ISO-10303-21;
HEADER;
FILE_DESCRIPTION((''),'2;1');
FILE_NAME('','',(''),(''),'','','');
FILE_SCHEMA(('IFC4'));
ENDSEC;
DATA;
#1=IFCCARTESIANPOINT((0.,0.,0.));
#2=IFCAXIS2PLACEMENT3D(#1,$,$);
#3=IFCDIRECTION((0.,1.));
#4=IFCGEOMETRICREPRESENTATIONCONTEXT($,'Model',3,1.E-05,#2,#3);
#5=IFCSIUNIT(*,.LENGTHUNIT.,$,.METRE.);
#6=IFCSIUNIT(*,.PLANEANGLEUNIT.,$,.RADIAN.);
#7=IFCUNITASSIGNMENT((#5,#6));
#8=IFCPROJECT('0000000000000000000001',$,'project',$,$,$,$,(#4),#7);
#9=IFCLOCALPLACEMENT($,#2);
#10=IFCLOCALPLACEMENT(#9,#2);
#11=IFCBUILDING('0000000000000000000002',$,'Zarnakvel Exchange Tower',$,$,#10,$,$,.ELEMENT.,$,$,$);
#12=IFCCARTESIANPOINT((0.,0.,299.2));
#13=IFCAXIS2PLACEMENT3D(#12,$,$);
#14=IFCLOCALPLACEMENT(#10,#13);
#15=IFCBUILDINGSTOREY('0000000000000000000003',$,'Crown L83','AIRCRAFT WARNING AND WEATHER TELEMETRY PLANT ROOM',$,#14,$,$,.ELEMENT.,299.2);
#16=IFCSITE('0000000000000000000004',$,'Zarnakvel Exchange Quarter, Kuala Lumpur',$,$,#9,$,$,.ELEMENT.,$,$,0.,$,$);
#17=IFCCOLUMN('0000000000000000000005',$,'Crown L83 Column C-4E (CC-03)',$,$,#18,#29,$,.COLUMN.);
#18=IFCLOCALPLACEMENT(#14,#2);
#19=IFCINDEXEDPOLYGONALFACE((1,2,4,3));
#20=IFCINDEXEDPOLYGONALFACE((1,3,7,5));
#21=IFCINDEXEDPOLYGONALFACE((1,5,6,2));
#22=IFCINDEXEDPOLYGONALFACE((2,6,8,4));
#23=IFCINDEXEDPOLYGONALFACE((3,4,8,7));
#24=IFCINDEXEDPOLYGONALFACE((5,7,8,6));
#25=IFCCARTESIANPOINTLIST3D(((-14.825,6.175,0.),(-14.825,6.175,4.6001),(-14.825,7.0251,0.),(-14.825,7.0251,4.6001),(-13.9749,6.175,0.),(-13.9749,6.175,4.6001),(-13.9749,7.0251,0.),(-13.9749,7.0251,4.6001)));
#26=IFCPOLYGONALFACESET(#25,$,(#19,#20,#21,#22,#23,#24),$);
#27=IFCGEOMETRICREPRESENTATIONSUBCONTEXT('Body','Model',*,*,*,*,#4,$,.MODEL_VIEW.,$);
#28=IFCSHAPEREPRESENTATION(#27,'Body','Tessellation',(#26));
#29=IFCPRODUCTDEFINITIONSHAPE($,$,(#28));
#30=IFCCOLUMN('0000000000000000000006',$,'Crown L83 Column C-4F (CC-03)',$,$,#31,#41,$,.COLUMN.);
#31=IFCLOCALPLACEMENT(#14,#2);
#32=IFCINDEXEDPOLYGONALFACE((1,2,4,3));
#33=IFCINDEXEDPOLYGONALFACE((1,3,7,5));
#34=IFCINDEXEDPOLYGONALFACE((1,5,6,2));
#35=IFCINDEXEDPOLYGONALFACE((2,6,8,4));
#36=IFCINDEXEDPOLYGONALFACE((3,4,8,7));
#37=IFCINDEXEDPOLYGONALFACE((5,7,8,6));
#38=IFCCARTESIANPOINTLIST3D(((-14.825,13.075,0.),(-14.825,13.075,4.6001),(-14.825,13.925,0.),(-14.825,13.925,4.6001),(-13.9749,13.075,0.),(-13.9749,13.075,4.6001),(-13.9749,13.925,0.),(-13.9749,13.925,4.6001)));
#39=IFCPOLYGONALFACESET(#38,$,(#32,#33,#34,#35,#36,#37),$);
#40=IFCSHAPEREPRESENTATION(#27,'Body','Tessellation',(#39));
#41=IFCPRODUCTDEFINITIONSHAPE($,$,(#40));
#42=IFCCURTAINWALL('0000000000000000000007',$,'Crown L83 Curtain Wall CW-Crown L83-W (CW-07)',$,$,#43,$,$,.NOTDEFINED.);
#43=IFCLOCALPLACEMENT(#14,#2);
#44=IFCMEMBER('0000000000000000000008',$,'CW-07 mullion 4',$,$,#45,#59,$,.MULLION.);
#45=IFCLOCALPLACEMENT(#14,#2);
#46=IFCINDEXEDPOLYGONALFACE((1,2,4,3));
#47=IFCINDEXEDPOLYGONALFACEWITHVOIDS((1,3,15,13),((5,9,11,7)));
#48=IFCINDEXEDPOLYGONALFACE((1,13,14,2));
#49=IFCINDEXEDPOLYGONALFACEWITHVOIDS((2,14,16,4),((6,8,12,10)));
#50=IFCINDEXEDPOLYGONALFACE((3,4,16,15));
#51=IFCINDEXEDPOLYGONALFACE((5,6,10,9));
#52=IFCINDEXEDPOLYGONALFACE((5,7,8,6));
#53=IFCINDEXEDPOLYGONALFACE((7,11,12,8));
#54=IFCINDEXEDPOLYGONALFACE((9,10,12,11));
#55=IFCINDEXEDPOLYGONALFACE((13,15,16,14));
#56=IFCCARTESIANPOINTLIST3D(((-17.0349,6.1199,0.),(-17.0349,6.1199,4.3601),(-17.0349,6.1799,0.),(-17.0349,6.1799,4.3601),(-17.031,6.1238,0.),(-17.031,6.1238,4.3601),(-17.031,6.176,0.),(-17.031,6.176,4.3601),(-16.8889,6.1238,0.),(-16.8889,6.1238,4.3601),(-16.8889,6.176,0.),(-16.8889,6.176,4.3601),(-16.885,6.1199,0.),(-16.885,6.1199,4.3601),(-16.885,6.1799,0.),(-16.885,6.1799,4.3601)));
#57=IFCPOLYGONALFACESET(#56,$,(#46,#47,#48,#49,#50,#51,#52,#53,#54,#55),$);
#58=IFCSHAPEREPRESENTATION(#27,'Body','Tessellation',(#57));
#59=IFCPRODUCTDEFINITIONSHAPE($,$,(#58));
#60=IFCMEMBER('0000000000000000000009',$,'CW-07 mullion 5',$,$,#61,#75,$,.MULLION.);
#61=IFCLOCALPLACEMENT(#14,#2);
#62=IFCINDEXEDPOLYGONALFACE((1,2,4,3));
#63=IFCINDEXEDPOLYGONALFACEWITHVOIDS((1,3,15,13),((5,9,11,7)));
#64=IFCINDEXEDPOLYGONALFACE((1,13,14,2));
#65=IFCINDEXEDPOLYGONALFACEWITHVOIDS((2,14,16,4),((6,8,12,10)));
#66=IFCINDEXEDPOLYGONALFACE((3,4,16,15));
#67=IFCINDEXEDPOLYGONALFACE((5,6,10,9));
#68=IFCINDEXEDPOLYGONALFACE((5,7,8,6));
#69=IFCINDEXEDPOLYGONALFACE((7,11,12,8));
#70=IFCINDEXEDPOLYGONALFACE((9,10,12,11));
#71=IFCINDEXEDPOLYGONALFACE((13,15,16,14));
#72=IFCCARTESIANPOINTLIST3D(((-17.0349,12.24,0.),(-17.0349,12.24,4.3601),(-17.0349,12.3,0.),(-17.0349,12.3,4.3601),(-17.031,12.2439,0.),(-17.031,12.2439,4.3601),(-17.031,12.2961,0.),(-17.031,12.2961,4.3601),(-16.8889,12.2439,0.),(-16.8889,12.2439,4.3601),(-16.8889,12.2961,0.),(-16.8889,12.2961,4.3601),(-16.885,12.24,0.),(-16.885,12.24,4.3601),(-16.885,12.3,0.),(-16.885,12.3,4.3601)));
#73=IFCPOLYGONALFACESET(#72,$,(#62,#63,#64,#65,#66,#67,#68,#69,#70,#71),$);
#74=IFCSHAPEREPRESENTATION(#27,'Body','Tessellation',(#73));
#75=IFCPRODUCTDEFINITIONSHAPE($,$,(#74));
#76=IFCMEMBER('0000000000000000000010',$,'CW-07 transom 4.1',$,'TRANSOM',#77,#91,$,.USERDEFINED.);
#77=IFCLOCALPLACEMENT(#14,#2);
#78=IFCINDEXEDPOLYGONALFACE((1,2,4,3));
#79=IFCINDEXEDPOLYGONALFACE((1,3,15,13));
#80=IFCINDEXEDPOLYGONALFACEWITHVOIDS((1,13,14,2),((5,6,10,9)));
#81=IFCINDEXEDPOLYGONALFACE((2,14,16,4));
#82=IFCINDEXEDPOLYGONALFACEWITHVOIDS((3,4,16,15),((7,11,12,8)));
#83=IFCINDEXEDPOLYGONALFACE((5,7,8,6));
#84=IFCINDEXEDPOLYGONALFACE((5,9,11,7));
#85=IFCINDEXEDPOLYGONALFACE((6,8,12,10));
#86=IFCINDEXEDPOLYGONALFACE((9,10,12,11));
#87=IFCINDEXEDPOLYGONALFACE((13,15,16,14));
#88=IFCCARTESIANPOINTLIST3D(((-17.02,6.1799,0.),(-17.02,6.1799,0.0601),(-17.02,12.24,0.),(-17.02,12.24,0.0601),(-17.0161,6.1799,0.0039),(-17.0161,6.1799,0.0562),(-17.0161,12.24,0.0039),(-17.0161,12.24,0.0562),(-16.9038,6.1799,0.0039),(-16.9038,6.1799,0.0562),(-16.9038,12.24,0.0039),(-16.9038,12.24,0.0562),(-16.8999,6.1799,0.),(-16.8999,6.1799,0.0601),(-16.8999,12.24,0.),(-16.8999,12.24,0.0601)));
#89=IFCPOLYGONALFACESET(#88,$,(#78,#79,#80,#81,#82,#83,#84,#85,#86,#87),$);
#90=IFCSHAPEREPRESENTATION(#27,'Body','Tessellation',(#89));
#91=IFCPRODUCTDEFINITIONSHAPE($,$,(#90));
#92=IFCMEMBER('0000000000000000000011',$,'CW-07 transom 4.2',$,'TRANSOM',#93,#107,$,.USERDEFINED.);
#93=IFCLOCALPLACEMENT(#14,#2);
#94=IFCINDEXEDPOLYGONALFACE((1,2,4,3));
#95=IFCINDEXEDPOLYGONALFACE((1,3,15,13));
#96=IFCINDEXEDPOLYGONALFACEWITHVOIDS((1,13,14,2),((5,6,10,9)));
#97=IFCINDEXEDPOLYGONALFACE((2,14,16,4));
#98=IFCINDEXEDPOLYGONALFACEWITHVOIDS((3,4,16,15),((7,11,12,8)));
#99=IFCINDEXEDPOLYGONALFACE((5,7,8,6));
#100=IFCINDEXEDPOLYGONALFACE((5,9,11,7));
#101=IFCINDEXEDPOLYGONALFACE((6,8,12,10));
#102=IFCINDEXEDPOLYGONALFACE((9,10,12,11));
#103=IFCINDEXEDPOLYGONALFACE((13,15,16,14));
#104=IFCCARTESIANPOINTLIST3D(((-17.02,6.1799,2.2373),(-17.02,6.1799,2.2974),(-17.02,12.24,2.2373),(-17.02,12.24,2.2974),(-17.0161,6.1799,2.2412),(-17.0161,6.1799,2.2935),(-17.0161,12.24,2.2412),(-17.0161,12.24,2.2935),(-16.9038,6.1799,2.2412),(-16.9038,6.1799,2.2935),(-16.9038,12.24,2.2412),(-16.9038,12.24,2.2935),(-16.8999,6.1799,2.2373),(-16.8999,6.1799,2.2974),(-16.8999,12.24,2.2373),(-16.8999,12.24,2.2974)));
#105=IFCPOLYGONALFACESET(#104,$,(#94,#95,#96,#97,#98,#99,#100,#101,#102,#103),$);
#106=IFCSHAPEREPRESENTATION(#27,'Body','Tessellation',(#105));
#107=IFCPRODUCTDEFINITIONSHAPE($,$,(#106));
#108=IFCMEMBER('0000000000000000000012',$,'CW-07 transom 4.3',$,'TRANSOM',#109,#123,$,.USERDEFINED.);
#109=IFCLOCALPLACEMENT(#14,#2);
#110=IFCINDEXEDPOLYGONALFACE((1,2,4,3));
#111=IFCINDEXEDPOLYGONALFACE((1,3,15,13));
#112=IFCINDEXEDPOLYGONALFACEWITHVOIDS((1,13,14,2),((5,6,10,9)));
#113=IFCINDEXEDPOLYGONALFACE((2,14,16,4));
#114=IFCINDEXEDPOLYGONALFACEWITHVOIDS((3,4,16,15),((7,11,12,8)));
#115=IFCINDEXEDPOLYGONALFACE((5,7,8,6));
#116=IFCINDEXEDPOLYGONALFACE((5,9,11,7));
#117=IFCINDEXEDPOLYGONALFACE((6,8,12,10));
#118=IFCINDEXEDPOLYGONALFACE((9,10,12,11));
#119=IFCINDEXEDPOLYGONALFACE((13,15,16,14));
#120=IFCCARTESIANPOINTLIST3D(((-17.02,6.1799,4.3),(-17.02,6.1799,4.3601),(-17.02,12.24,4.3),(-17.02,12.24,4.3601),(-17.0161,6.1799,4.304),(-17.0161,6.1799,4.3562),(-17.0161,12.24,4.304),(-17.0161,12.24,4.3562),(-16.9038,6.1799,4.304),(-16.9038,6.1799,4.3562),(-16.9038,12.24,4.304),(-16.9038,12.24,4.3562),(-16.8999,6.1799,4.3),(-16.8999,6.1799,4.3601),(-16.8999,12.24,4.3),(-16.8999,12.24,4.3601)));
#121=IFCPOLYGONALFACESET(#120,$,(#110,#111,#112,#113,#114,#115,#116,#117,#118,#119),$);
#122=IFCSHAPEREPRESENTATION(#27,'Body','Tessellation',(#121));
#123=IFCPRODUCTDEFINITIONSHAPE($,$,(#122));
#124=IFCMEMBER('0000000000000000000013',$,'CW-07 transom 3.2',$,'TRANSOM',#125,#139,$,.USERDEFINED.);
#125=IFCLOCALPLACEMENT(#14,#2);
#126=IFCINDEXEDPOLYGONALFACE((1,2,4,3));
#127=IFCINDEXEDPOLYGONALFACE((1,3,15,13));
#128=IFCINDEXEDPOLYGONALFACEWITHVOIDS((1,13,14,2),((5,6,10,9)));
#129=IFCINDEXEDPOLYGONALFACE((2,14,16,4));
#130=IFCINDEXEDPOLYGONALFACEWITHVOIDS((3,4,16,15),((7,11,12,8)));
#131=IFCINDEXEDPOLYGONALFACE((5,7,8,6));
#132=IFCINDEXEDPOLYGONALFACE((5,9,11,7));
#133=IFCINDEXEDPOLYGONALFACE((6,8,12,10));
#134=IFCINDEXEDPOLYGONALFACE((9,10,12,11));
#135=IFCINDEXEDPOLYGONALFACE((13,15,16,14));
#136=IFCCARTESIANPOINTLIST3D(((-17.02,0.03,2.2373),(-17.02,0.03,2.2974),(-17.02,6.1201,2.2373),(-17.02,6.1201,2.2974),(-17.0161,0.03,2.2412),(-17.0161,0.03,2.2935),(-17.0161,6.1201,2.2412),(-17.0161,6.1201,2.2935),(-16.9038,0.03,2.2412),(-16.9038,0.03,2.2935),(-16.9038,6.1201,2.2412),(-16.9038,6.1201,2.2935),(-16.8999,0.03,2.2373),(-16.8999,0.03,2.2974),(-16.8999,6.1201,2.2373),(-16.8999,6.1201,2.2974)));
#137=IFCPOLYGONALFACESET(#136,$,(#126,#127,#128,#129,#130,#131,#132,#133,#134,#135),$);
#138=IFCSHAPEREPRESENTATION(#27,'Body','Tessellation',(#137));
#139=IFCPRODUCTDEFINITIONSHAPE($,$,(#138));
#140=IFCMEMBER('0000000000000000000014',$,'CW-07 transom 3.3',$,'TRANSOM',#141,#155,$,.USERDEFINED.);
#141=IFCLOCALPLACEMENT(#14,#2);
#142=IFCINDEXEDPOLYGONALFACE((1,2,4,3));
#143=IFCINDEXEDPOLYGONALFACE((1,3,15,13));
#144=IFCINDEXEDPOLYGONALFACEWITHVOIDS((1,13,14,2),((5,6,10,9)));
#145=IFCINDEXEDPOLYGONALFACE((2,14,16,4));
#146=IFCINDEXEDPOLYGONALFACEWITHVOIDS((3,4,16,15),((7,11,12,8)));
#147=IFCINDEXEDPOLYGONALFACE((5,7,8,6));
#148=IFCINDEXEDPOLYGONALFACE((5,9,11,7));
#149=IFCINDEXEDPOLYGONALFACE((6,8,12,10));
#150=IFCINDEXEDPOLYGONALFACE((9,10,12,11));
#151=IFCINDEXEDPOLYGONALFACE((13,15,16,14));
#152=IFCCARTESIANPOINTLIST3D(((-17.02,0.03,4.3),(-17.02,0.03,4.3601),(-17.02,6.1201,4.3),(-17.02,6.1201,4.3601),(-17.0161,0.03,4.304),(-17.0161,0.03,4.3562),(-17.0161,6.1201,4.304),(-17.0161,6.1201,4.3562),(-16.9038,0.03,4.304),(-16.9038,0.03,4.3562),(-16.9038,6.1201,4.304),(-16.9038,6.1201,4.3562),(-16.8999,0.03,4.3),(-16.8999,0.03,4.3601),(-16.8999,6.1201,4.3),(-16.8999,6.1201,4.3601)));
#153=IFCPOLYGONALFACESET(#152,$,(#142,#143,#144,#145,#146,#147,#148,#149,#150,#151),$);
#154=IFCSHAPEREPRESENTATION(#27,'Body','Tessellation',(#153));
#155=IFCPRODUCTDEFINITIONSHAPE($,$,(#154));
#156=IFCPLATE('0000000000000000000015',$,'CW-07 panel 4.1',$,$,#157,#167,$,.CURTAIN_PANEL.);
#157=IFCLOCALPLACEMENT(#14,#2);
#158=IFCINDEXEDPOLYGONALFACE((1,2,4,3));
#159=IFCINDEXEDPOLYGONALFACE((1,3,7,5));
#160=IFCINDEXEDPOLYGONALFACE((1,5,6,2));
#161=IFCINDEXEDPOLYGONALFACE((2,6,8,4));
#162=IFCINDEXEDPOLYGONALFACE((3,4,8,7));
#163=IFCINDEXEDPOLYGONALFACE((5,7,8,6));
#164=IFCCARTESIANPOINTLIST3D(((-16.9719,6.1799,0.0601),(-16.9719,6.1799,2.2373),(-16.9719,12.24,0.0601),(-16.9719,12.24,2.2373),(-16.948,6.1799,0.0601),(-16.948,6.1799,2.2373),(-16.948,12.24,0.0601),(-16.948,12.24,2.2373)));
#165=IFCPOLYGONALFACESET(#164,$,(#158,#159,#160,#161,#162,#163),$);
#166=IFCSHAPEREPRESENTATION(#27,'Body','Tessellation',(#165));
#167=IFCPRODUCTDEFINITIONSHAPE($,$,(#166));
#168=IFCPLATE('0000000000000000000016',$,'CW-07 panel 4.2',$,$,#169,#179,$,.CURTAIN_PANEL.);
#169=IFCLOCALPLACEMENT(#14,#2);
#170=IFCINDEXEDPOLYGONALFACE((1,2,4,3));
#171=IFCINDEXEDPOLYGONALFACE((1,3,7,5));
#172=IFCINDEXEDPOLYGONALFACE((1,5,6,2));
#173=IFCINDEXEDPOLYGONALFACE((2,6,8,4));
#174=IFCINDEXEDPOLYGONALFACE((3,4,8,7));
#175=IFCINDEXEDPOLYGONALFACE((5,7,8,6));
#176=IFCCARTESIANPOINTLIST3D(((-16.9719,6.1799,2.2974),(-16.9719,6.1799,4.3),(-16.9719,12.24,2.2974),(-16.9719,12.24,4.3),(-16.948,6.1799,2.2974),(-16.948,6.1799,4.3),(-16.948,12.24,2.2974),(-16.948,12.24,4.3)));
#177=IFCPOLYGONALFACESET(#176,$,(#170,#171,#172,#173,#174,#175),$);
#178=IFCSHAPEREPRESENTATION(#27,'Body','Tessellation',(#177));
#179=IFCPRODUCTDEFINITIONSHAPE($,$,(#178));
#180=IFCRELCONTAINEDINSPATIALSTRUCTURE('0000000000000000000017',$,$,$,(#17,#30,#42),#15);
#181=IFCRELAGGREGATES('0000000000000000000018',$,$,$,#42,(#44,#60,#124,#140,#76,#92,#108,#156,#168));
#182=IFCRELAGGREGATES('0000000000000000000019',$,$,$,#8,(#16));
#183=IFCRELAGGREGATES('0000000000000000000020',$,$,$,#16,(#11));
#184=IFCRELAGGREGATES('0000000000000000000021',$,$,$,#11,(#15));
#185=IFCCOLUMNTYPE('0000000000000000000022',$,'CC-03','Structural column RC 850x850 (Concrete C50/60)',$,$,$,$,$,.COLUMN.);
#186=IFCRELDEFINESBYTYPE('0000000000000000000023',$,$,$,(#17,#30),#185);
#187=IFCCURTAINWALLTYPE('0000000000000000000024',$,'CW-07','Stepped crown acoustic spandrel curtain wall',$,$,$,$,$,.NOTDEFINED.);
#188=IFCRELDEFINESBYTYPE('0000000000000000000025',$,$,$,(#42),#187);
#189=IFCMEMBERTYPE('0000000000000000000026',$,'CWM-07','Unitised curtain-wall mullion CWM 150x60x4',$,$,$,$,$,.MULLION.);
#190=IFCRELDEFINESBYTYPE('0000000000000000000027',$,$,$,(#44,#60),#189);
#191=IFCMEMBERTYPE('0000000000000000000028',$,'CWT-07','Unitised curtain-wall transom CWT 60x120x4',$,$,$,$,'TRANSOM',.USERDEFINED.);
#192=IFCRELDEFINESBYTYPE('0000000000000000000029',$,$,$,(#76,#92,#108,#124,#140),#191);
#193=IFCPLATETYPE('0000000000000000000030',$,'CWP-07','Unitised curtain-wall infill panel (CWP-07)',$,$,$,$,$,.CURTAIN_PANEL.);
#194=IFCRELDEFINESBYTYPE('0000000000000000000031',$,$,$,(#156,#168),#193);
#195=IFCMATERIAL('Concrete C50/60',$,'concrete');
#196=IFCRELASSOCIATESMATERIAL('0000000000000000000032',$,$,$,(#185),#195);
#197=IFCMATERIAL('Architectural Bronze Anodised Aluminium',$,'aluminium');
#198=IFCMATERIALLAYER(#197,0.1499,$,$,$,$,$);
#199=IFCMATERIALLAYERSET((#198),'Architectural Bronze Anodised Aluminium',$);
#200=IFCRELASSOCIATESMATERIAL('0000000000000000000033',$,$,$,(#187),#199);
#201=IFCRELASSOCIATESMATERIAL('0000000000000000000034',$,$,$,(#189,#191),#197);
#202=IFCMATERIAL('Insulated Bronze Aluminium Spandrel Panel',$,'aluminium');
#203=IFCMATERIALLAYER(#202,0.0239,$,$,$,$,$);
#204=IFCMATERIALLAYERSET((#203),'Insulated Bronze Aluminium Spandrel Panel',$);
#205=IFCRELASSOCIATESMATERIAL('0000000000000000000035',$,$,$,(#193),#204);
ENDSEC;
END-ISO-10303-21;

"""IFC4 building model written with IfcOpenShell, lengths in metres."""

from ifc_helpers import new_model, si_unit, direction, frame, origin, origin_2d, place, context, subcontext, project, spatial, rectangle, hollow_rectangle, extrude, source, transform, mapped, material, layer, layer_set, material_profile, profile_set, type_object, element, aggregate, save


model = new_model("IFC4")

# Units and contexts
model_context = context("Model", 3, precision=1e-05, world=origin(), true_north=direction((0.0, 1.0)))
body_context = subcontext(model_context, "Body", "Model", "MODEL_VIEW")
ifc_project = project(units=[si_unit("LENGTHUNIT", "METRE"), si_unit("PLANEANGLEUNIT", "RADIAN")], contexts=[model_context])

# Site, building, storey
site_placement = place(None, origin())
site = spatial("IfcSite", under=ifc_project, at=site_placement, Name="Zarnakvel Exchange Quarter, Kuala Lumpur", CompositionType="ELEMENT", RefElevation=0.0)
building_placement = place(site_placement, origin())
building = spatial("IfcBuilding", under=site, at=building_placement, Name="Zarnakvel Exchange Tower", CompositionType="ELEMENT")
storey_placement = place(building_placement, frame((0.0, 0.0, 299.2)))
storey = spatial("IfcBuildingStorey", under=building, at=storey_placement, Name="Crown L83", Description="AIRCRAFT WARNING AND WEATHER TELEMETRY PLANT ROOM", CompositionType="ELEMENT", Elevation=299.2)

# Columns
ifc_material_1 = material(Name="Concrete C50/60", Category="concrete")
ifc_material_profile_1 = material_profile(ifc_material_1, rectangle(XDim=0.8501, YDim=0.8501, at=origin_2d()))
ifc_profile_set_1 = profile_set([ifc_material_profile_1], Name="Concrete C50/60")
column_type = type_object("IfcColumnType", Name="CC-03", Description="Structural column RC 850x850 (Concrete C50/60)", PredefinedType="COLUMN", material=ifc_profile_set_1)
for number, where, z_axis, x_axis, name in (
    (1, (-14.3999, 6.6001, 0.0), (0.0, 0.0, 1.0), (1.0, 0.0, 0.0), "Crown L83 Column C-4E (CC-03)"),
    (2, (-14.3999, 13.5, 0.0), (0.0, 0.0, 1.0), (1.0, 0.0, 0.0), "Crown L83 Column C-4F (CC-03)"),
):
    element("IfcColumn", number, at=place(storey_placement, frame(where, z_axis=z_axis, x_axis=x_axis)), inside=storey, type_object=column_type, Name=name, PredefinedType="COLUMN", context=body_context, shape_type="SweptSolid", body=[
        extrude(rectangle(XDim=0.8501, YDim=0.8501, at=origin_2d()), origin(), (0.0, 0.0, 1.0), 4.6001),
    ])

# Curtain wall, members, plates
ifc_material_2 = material(Name="Architectural Bronze Anodised Aluminium", Category="aluminium")
ifc_layer_1 = layer(ifc_material_2, 0.1499)
ifc_layer_set_1 = layer_set([ifc_layer_1], Name="Architectural Bronze Anodised Aluminium")
curtain_wall_type = type_object("IfcCurtainWallType", Name="CW-07", Description="Stepped crown acoustic spandrel curtain wall", PredefinedType="NOTDEFINED", material=ifc_layer_set_1)
curtain_wall_placement = place(storey_placement, origin())
curtain_wall = element("IfcCurtainWall", 3, at=curtain_wall_placement, inside=storey, type_object=curtain_wall_type, Name="Crown L83 Curtain Wall CW-Crown L83-W (CW-07)", PredefinedType="NOTDEFINED")
ifc_material_profile_2 = material_profile(ifc_material_2, hollow_rectangle(XDim=0.1499, YDim=0.0601, WallThickness=0.0039, at=origin_2d()))
ifc_profile_set_2 = profile_set([ifc_material_profile_2], Name="Architectural Bronze Anodised Aluminium")
member_type_1 = type_object("IfcMemberType", Name="CWM-07", Description="Unitised curtain-wall mullion CWM 150x60x4", PredefinedType="MULLION", material=ifc_profile_set_2)
shared_shape_1 = source(origin(), body_context, "Body", "SweptSolid", [
    extrude(hollow_rectangle(XDim=0.1499, YDim=0.0601, WallThickness=0.0039, at=origin_2d()), origin(), (0.0, 0.0, 1.0), 4.3601),
])
member_1_placement = place(storey_placement, frame((-16.96, 6.1499, 0.0), z_axis=(0.0, 0.0, 1.0), x_axis=(-1.0, 0.0, 0.0)))
member_1 = element("IfcMember", 4, at=member_1_placement, type_object=member_type_1, Name="CW-07 mullion 4", PredefinedType="MULLION", context=body_context, shape_type="MappedRepresentation", body=[
    mapped(shared_shape_1, transform((0.0, 0.0, 0.0), x_axis=(1.0, 0.0, 0.0), y_axis=(0.0, 1.0, 0.0), z_axis=(0.0, 0.0, 1.0), scale=1.0)),
])
member_2_placement = place(storey_placement, frame((-16.96, 12.27, 0.0), z_axis=(0.0, 0.0, 1.0), x_axis=(-1.0, 0.0, 0.0)))
member_2 = element("IfcMember", 5, at=member_2_placement, type_object=member_type_1, Name="CW-07 mullion 5", PredefinedType="MULLION", context=body_context, shape_type="MappedRepresentation", body=[
    mapped(shared_shape_1, transform((0.0, 0.0, 0.0), x_axis=(1.0, 0.0, 0.0), y_axis=(0.0, 1.0, 0.0), z_axis=(0.0, 0.0, 1.0), scale=1.0)),
])
ifc_material_profile_3 = material_profile(ifc_material_2, hollow_rectangle(XDim=0.1201, YDim=0.0601, WallThickness=0.0039, at=origin_2d()))
ifc_profile_set_3 = profile_set([ifc_material_profile_3], Name="Architectural Bronze Anodised Aluminium")
member_type_2 = type_object("IfcMemberType", Name="CWT-07", Description="Unitised curtain-wall transom CWT 60x120x4", ElementType="TRANSOM", PredefinedType="USERDEFINED", material=ifc_profile_set_3)
shared_shape_2 = source(origin(), body_context, "Body", "SweptSolid", [
    extrude(hollow_rectangle(XDim=0.1201, YDim=0.0601, WallThickness=0.0039, at=origin_2d()), origin(), (0.0, 0.0, 1.0), 6.0601),
])
member_3_placement = place(storey_placement, frame((-16.96, 6.1799, 0.03), z_axis=(0.0, 1.0, 0.0), x_axis=(-1.0, 0.0, 0.0)))
member_3 = element("IfcMember", 6, at=member_3_placement, type_object=member_type_2, Name="CW-07 transom 4.1", ObjectType="TRANSOM", PredefinedType="USERDEFINED", context=body_context, shape_type="MappedRepresentation", body=[
    mapped(shared_shape_2, transform((0.0, 0.0, 0.0), x_axis=(1.0, 0.0, 0.0), y_axis=(0.0, 1.0, 0.0), z_axis=(0.0, 0.0, 1.0), scale=1.0)),
])
member_4_placement = place(storey_placement, frame((-16.96, 6.1799, 2.2673), z_axis=(0.0, 1.0, 0.0), x_axis=(-1.0, 0.0, 0.0)))
member_4 = element("IfcMember", 7, at=member_4_placement, type_object=member_type_2, Name="CW-07 transom 4.2", ObjectType="TRANSOM", PredefinedType="USERDEFINED", context=body_context, shape_type="MappedRepresentation", body=[
    mapped(shared_shape_2, transform((0.0, 0.0, 0.0), x_axis=(1.0, 0.0, 0.0), y_axis=(0.0, 1.0, 0.0), z_axis=(0.0, 0.0, 1.0), scale=1.0)),
])
member_5_placement = place(storey_placement, frame((-16.96, 6.1799, 4.3301), z_axis=(0.0, 1.0, 0.0), x_axis=(-1.0, 0.0, 0.0)))
member_5 = element("IfcMember", 8, at=member_5_placement, type_object=member_type_2, Name="CW-07 transom 4.3", ObjectType="TRANSOM", PredefinedType="USERDEFINED", context=body_context, shape_type="MappedRepresentation", body=[
    mapped(shared_shape_2, transform((0.0, 0.0, 0.0), x_axis=(1.0, 0.0, 0.0), y_axis=(0.0, 1.0, 0.0), z_axis=(0.0, 0.0, 1.0), scale=1.0)),
])
shared_shape_3 = source(origin(), body_context, "Body", "SweptSolid", [
    extrude(hollow_rectangle(XDim=0.1201, YDim=0.0601, WallThickness=0.0039, at=origin_2d()), origin(), (0.0, 0.0, 1.0), 6.0901),
])
member_6_placement = place(storey_placement, frame((-16.96, 0.03, 2.2673), z_axis=(0.0, 1.0, 0.0), x_axis=(-1.0, 0.0, 0.0)))
member_6 = element("IfcMember", 9, at=member_6_placement, type_object=member_type_2, Name="CW-07 transom 3.2", ObjectType="TRANSOM", PredefinedType="USERDEFINED", context=body_context, shape_type="MappedRepresentation", body=[
    mapped(shared_shape_3, transform((0.0, 0.0, 0.0), x_axis=(1.0, 0.0, 0.0), y_axis=(0.0, 1.0, 0.0), z_axis=(0.0, 0.0, 1.0), scale=1.0)),
])
member_7_placement = place(storey_placement, frame((-16.96, 0.03, 4.3301), z_axis=(0.0, 1.0, 0.0), x_axis=(-1.0, 0.0, 0.0)))
member_7 = element("IfcMember", 10, at=member_7_placement, type_object=member_type_2, Name="CW-07 transom 3.3", ObjectType="TRANSOM", PredefinedType="USERDEFINED", context=body_context, shape_type="MappedRepresentation", body=[
    mapped(shared_shape_3, transform((0.0, 0.0, 0.0), x_axis=(1.0, 0.0, 0.0), y_axis=(0.0, 1.0, 0.0), z_axis=(0.0, 0.0, 1.0), scale=1.0)),
])
ifc_material_3 = material(Name="Insulated Bronze Aluminium Spandrel Panel", Category="aluminium")
ifc_layer_2 = layer(ifc_material_3, 0.0239)
ifc_layer_set_2 = layer_set([ifc_layer_2], Name="Insulated Bronze Aluminium Spandrel Panel")
plate_type = type_object("IfcPlateType", Name="CWP-07", Description="Unitised curtain-wall infill panel (CWP-07)", PredefinedType="CURTAIN_PANEL", material=ifc_layer_set_2)
shared_shape_4 = source(origin(), body_context, "Body", "SweptSolid", [
    extrude(rectangle(XDim=6.0601, YDim=0.0239, at=origin_2d()), origin(), (0.0, 0.0, 1.0), 2.1772),
])
plate_1_placement = place(storey_placement, frame((-16.96, 9.21, 0.0601), z_axis=(0.0, 0.0, 1.0), x_axis=(0.0, 1.0, 0.0)))
plate_1 = element("IfcPlate", 11, at=plate_1_placement, type_object=plate_type, Name="CW-07 panel 4.1", PredefinedType="CURTAIN_PANEL", context=body_context, shape_type="MappedRepresentation", body=[
    mapped(shared_shape_4, transform((0.0, 0.0, 0.0), x_axis=(1.0, 0.0, 0.0), y_axis=(0.0, 1.0, 0.0), z_axis=(0.0, 0.0, 1.0), scale=1.0)),
])
shared_shape_5 = source(origin(), body_context, "Body", "SweptSolid", [
    extrude(rectangle(XDim=6.0601, YDim=0.0239, at=origin_2d()), origin(), (0.0, 0.0, 1.0), 2.0027),
])
plate_2_placement = place(storey_placement, frame((-16.96, 9.21, 2.2974), z_axis=(0.0, 0.0, 1.0), x_axis=(0.0, 1.0, 0.0)))
plate_2 = element("IfcPlate", 12, at=plate_2_placement, type_object=plate_type, Name="CW-07 panel 4.2", PredefinedType="CURTAIN_PANEL", context=body_context, shape_type="MappedRepresentation", body=[
    mapped(shared_shape_5, transform((0.0, 0.0, 0.0), x_axis=(1.0, 0.0, 0.0), y_axis=(0.0, 1.0, 0.0), z_axis=(0.0, 0.0, 1.0), scale=1.0)),
])
aggregate(curtain_wall, [member_1, member_2, member_6, member_7, member_3, member_4, member_5, plate_1, plate_2])

save(model, "model.ifc")
